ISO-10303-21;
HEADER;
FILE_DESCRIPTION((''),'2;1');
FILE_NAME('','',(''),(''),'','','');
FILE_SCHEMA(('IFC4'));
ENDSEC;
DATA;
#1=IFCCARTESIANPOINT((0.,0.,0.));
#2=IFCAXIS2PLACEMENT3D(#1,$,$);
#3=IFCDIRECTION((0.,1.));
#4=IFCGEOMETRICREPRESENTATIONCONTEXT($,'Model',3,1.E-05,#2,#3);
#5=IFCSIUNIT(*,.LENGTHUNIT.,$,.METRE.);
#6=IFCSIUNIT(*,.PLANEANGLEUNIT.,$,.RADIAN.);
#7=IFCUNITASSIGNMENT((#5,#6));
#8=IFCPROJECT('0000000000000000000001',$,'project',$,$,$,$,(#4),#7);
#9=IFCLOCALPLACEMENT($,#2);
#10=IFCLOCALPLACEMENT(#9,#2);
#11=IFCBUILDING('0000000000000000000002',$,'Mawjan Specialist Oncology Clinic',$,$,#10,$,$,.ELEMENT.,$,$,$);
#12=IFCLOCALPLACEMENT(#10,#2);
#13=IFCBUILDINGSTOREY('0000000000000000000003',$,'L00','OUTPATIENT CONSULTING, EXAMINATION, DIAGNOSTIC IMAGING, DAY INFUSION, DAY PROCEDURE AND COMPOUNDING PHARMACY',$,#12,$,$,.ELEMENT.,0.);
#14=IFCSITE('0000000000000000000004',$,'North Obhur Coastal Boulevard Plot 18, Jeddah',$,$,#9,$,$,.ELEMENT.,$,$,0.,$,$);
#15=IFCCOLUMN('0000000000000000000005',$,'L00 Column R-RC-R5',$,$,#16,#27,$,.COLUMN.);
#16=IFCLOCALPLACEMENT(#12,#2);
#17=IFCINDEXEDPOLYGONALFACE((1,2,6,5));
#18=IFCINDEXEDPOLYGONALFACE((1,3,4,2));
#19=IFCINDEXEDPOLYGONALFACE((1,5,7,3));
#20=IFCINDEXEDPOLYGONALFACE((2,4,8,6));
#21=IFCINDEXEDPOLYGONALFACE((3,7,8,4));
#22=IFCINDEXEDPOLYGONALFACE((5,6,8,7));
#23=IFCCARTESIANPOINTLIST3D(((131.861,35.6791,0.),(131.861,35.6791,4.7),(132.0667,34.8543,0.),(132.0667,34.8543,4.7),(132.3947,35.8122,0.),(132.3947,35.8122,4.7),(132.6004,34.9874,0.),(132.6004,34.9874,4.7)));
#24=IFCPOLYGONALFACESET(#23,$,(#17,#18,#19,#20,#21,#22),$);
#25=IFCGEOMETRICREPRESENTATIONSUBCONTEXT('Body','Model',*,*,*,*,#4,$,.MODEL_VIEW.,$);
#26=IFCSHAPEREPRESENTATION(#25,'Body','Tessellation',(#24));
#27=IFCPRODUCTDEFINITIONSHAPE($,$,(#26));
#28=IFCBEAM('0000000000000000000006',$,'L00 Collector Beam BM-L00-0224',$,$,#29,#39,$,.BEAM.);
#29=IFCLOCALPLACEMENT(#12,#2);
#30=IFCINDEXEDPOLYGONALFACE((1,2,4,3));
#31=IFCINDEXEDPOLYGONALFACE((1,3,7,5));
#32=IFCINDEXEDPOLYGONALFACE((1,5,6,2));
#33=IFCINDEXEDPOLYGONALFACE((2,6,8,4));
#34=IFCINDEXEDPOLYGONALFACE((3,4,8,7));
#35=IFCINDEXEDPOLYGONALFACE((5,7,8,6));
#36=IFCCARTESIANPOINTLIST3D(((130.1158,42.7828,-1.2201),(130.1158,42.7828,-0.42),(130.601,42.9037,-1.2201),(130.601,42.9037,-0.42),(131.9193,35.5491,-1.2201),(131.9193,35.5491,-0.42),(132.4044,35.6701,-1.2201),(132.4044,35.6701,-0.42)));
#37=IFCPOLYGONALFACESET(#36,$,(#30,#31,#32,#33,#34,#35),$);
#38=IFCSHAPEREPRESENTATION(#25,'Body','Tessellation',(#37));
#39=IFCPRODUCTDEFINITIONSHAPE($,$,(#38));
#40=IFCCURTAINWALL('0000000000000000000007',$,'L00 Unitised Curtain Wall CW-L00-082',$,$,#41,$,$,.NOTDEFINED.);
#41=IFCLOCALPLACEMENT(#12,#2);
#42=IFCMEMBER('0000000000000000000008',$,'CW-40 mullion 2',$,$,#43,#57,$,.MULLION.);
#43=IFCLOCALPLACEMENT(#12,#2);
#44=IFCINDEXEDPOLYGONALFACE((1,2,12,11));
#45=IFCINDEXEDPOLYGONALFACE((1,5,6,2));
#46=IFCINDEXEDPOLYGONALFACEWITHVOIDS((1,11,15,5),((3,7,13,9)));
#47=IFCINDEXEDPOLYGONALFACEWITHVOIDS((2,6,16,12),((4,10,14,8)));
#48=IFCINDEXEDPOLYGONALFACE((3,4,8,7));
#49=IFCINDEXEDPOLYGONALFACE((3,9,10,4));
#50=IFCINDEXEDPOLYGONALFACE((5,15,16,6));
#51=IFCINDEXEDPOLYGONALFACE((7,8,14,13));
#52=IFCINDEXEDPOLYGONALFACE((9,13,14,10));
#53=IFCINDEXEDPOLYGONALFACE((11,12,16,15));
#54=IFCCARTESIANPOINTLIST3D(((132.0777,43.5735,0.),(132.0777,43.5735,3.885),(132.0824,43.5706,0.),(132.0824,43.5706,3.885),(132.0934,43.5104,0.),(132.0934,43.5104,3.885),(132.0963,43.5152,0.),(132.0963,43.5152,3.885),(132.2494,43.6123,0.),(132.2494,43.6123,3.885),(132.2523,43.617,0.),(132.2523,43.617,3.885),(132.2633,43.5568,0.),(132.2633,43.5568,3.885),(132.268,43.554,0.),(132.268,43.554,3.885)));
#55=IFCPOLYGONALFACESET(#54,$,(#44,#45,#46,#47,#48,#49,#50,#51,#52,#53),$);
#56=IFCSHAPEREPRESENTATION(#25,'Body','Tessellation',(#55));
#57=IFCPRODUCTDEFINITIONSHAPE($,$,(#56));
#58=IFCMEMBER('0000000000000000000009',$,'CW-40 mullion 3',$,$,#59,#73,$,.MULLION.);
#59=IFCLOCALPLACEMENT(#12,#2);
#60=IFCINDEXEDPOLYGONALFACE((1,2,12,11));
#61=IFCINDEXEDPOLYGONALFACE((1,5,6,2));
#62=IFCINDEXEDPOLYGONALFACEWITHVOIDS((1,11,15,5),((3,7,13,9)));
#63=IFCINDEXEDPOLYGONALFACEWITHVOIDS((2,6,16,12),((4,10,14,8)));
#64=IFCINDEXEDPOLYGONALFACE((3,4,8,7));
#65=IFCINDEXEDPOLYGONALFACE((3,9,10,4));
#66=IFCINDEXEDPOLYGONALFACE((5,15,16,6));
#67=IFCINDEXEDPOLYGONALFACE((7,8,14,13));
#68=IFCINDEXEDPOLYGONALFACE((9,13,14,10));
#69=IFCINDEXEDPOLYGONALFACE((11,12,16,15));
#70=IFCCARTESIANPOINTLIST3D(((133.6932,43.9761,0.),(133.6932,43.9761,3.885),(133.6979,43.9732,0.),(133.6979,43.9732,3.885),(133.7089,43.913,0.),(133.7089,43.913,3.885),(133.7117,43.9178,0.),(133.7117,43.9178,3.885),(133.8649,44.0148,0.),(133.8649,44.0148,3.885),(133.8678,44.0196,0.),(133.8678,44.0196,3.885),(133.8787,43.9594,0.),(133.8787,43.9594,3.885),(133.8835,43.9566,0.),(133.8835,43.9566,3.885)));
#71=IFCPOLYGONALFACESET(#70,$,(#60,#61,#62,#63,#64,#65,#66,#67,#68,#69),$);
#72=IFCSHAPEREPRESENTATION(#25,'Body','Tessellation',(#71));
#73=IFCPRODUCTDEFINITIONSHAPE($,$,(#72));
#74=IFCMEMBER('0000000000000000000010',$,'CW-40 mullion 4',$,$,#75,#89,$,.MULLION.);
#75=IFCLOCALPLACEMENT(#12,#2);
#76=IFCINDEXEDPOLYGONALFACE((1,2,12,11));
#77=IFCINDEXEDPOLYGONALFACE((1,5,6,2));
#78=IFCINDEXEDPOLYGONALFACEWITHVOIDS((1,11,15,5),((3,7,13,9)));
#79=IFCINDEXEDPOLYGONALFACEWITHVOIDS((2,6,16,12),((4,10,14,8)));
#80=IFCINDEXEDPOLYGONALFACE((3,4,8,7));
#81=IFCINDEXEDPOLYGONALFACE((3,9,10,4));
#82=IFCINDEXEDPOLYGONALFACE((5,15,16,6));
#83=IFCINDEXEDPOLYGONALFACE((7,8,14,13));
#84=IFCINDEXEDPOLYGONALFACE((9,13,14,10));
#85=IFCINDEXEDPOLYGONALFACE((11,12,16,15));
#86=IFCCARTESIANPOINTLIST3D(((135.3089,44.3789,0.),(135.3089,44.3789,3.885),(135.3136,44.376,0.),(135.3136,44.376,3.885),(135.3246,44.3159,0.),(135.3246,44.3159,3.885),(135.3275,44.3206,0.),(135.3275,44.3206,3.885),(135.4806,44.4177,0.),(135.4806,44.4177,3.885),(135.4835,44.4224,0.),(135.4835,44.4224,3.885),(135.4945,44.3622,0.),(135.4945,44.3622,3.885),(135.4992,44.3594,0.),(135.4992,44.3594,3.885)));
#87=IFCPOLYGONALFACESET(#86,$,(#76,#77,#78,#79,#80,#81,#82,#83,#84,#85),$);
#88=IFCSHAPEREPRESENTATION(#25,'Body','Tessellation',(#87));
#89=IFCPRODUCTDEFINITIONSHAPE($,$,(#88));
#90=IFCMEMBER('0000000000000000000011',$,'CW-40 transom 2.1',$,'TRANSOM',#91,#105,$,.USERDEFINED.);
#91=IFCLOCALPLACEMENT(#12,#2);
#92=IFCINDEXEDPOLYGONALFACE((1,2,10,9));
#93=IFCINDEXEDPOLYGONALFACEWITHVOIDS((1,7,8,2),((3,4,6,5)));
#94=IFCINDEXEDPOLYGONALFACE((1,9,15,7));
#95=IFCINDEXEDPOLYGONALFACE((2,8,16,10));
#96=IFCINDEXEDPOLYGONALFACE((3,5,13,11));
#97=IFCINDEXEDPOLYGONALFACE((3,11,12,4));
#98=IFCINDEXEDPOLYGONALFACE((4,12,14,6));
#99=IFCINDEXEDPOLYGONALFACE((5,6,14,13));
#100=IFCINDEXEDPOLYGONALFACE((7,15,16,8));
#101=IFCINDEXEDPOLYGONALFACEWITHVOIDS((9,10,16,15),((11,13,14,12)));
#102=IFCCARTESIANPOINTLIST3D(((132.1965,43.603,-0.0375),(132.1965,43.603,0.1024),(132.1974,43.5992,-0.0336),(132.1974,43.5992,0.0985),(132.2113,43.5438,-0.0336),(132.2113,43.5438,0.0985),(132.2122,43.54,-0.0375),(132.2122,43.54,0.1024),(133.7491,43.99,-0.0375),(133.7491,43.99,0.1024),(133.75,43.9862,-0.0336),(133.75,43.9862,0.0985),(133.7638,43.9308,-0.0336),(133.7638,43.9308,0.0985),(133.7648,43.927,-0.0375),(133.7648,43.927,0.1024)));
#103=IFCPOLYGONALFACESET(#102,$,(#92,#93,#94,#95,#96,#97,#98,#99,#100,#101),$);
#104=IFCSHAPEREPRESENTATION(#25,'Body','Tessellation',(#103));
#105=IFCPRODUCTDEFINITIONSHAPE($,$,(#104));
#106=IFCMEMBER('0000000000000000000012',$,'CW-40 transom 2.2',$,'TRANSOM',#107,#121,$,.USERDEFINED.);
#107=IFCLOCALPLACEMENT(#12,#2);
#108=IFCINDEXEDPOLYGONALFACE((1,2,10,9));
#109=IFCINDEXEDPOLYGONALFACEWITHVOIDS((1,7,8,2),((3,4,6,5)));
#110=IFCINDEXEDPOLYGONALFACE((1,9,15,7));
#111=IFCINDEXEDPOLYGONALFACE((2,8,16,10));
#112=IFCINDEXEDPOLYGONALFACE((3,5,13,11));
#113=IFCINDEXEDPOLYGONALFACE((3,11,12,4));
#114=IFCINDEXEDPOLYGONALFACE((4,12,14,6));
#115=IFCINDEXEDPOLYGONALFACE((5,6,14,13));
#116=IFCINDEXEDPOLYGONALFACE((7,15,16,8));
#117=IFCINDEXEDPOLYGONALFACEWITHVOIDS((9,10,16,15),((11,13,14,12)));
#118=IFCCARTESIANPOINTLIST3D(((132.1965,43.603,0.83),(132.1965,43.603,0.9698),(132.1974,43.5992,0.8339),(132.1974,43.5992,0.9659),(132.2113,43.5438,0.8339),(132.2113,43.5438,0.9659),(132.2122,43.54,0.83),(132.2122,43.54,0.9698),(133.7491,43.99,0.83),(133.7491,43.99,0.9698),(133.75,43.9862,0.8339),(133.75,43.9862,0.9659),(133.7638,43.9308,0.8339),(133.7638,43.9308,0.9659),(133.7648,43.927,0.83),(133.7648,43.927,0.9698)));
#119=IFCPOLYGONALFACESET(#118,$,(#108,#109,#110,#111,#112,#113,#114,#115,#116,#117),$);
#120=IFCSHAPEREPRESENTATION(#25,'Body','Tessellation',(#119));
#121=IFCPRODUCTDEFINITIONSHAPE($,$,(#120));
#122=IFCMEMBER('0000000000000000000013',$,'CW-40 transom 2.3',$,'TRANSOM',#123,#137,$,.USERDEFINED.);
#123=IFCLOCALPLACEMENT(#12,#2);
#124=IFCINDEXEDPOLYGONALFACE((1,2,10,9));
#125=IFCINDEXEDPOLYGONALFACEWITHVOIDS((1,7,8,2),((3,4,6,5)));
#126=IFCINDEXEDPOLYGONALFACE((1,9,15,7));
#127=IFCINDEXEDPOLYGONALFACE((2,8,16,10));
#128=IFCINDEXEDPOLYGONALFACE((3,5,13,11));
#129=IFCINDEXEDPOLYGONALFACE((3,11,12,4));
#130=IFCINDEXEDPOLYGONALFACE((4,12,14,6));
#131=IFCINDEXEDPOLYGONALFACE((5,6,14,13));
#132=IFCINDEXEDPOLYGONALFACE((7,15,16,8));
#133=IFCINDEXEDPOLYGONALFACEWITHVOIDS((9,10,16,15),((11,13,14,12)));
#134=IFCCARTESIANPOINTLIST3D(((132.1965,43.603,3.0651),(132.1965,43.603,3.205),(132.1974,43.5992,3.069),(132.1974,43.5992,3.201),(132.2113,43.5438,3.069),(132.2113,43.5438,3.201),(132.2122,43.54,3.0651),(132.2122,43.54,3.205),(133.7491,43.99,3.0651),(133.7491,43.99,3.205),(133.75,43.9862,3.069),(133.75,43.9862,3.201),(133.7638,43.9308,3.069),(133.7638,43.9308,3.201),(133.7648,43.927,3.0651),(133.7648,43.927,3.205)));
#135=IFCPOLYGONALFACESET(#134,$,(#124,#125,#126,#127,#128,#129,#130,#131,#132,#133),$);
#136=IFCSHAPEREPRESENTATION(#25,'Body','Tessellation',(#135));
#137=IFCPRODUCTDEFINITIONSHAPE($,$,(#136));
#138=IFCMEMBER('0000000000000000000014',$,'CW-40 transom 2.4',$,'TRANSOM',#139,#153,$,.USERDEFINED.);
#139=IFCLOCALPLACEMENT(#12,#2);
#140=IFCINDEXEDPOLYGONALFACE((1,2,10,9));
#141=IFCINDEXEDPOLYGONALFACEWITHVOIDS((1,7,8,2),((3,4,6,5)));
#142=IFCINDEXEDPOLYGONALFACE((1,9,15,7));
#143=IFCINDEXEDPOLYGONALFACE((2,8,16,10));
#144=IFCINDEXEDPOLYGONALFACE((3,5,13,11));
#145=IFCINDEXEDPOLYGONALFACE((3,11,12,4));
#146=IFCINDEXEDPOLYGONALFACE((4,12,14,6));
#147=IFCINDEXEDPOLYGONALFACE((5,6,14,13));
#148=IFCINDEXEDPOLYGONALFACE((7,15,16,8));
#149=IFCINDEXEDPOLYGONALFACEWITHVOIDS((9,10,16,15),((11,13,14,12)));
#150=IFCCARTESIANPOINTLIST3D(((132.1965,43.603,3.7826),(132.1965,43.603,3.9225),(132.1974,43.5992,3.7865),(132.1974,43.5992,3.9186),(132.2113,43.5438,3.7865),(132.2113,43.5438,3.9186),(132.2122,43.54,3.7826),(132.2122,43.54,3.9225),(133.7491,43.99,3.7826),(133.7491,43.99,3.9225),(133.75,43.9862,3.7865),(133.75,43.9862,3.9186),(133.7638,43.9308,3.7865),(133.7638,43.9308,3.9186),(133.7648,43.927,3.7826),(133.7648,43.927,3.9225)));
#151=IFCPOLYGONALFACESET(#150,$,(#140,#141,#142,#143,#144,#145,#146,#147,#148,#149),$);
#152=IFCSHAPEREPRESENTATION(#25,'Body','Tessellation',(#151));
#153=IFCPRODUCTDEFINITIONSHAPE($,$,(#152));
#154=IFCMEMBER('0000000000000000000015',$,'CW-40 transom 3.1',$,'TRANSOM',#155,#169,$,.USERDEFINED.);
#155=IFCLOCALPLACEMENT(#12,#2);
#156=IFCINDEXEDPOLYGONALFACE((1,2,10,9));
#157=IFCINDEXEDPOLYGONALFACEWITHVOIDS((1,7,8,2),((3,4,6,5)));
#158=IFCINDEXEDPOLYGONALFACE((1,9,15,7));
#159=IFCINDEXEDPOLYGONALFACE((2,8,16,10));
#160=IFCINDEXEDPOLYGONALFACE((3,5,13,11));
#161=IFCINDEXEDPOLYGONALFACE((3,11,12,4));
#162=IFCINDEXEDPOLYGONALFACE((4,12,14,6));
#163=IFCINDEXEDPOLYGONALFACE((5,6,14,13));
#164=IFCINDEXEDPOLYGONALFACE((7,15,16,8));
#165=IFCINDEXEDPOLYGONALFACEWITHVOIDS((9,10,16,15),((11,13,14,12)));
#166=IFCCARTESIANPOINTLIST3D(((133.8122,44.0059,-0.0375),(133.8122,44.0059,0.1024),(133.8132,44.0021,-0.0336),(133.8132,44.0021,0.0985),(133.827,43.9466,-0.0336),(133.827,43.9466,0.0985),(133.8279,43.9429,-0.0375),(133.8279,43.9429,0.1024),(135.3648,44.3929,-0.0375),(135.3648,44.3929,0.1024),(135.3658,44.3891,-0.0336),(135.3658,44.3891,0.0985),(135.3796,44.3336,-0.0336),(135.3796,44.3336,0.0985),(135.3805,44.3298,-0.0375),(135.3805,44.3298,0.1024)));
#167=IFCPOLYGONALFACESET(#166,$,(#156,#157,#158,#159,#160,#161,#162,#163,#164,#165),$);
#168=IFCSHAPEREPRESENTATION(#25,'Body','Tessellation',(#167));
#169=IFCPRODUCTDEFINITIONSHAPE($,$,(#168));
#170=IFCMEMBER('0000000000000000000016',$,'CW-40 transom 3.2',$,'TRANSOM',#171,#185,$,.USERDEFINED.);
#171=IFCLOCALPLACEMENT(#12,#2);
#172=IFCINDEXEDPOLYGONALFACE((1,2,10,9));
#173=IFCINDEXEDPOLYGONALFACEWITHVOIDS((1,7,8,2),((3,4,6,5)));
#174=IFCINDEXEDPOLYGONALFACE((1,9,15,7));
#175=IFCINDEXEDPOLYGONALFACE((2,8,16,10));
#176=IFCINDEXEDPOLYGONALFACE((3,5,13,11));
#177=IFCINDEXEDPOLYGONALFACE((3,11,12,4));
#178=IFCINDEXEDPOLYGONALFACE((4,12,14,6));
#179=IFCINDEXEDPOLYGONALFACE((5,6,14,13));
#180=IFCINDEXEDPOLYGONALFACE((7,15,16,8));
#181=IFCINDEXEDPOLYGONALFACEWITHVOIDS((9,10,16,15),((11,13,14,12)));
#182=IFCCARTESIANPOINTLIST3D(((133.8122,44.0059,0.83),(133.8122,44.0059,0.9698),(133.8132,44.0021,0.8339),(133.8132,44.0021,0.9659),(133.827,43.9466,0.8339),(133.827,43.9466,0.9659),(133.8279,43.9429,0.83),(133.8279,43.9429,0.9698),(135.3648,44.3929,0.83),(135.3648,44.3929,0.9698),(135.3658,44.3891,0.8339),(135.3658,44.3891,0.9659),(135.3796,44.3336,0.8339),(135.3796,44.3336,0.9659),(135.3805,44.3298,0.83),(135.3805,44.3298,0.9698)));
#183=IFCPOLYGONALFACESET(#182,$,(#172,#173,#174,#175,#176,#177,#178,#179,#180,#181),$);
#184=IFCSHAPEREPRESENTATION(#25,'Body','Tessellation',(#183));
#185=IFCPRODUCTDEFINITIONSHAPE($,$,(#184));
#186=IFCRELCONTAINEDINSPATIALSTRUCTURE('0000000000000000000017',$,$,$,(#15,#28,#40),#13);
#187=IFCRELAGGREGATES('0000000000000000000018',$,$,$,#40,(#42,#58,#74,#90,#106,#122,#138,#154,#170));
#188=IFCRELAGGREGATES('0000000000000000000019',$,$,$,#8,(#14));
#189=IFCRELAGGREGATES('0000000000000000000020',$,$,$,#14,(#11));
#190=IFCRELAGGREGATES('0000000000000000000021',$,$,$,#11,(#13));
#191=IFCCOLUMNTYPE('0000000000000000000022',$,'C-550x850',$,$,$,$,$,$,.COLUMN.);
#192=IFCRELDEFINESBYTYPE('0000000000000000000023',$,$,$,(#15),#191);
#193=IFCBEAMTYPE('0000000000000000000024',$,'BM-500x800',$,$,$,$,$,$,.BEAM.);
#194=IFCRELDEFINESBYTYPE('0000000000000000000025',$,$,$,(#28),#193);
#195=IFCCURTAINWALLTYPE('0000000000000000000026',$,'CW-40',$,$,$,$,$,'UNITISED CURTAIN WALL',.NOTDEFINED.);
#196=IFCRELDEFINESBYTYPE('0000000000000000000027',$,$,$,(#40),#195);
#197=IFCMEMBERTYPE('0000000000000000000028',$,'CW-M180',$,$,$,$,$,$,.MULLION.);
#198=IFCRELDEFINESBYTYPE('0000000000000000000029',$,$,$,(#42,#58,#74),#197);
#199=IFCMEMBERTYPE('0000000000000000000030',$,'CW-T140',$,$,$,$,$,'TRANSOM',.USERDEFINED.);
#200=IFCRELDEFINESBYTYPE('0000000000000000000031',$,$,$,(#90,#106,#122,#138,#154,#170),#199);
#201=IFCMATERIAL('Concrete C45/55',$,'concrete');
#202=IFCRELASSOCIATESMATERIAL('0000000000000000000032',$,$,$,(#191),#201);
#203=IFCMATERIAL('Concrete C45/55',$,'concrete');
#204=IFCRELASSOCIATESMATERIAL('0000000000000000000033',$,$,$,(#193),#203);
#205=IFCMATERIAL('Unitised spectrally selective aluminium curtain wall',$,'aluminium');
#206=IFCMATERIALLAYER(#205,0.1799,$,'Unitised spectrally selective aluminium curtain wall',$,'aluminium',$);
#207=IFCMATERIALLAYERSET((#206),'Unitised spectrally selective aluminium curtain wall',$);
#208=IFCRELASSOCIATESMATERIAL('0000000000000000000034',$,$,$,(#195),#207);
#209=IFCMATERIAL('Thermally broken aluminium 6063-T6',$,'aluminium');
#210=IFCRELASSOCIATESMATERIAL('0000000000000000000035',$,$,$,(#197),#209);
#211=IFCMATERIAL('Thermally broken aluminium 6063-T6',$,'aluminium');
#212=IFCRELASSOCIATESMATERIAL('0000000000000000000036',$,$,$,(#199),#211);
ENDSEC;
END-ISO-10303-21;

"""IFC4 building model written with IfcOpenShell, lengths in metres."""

from ifc_helpers import new_model, si_unit, direction, frame, origin, origin_2d, place, context, subcontext, project, spatial, rectangle, hollow_rectangle, extrude, material, layer, layer_set, material_profile, profile_set, type_object, element, aggregate, save


model = new_model("IFC4")

# Units and contexts
model_context = context("Model", 3, precision=1e-05, world=origin(), true_north=direction((0.0, 1.0)))
body_context = subcontext(model_context, "Body", "Model", "MODEL_VIEW")
ifc_project = project(units=[si_unit("LENGTHUNIT", "METRE"), si_unit("PLANEANGLEUNIT", "RADIAN")], contexts=[model_context])

# Site, building, storey
site_placement = place(None, origin())
site = spatial("IfcSite", under=ifc_project, at=site_placement, Name="North Obhur Coastal Boulevard Plot 18, Jeddah", CompositionType="ELEMENT", RefElevation=0.0)
building_placement = place(site_placement, origin())
building = spatial("IfcBuilding", under=site, at=building_placement, Name="Mawjan Specialist Oncology Clinic", CompositionType="ELEMENT")
storey_placement = place(building_placement, origin())
storey = spatial("IfcBuildingStorey", under=building, at=storey_placement, Name="L00", Description="OUTPATIENT CONSULTING, EXAMINATION, DIAGNOSTIC IMAGING, DAY INFUSION, DAY PROCEDURE AND COMPOUNDING PHARMACY", CompositionType="ELEMENT", Elevation=0.0)

# Column
ifc_material_1 = material(Name="Concrete C45/55", Category="concrete")
ifc_material_profile_1 = material_profile(ifc_material_1, rectangle(XDim=0.55, YDim=0.8501, at=origin_2d()), Name="RC COL 550x850", Category="concrete")
ifc_profile_set_1 = profile_set([ifc_material_profile_1], Name="Concrete C45/55")
column_type = type_object("IfcColumnType", Name="C-550x850", PredefinedType="COLUMN", material=ifc_profile_set_1)
column_placement = place(storey_placement, frame((132.2307, 35.3333, 0.0), z_axis=(0.0, 0.0, 1.0), x_axis=(0.970296, 0.241922, 0.0)))
element("IfcColumn", 1, at=column_placement, inside=storey, type_object=column_type, Name="L00 Column R-RC-R5", PredefinedType="COLUMN", context=body_context, shape_type="SweptSolid", body=[
    extrude(rectangle(XDim=0.55, YDim=0.8501, at=origin_2d()), origin(), (0.0, 0.0, 1.0), 4.7),
])

# Beam
ifc_material_2 = material(Name="Concrete C45/55", Category="concrete")
ifc_material_profile_2 = material_profile(ifc_material_2, rectangle(XDim=0.5, YDim=0.8, at=origin_2d()), Name="RC BM 500x800", Category="concrete")
ifc_profile_set_2 = profile_set([ifc_material_profile_2], Name="Concrete C45/55")
beam_type = type_object("IfcBeamType", Name="BM-500x800", PredefinedType="BEAM", material=ifc_profile_set_2)
beam_placement = place(storey_placement, frame((132.1619, 35.6096, -0.8201), z_axis=(-0.241911, 0.970298, 0.0), x_axis=(-0.970298, -0.241911, 0.0)))
element("IfcBeam", 2, at=beam_placement, inside=storey, type_object=beam_type, Name="L00 Collector Beam BM-L00-0224", PredefinedType="BEAM", context=body_context, shape_type="SweptSolid", body=[
    extrude(rectangle(XDim=0.5, YDim=0.8, at=origin_2d()), origin(), (0.0, 0.0, 1.0), 7.4551),
])

# Curtain wall, members
ifc_material_3 = material(Name="Unitised spectrally selective aluminium curtain wall", Category="aluminium")
ifc_layer_1 = layer(ifc_material_3, 0.1799, Name="Unitised spectrally selective aluminium curtain wall", Category="aluminium")
ifc_layer_set_1 = layer_set([ifc_layer_1], Name="Unitised spectrally selective aluminium curtain wall")
curtain_wall_type = type_object("IfcCurtainWallType", Name="CW-40", ElementType="UNITISED CURTAIN WALL", PredefinedType="NOTDEFINED", material=ifc_layer_set_1)
curtain_wall_placement = place(storey_placement, origin())
curtain_wall = element("IfcCurtainWall", 3, at=curtain_wall_placement, inside=storey, type_object=curtain_wall_type, Name="L00 Unitised Curtain Wall CW-L00-082", PredefinedType="NOTDEFINED")
ifc_material_4 = material(Name="Thermally broken aluminium 6063-T6", Category="aluminium")
ifc_material_profile_3 = material_profile(ifc_material_4, hollow_rectangle(XDim=0.0649, YDim=0.1799, WallThickness=0.0039, at=origin_2d()), Name="ALU MULLION 180x65x4", Category="aluminium")
ifc_profile_set_3 = profile_set([ifc_material_profile_3], Name="Thermally broken aluminium 6063-T6")
member_type_1 = type_object("IfcMemberType", Name="CW-M180", PredefinedType="MULLION", material=ifc_profile_set_3)
member_1_placement = place(storey_placement, frame((132.1729, 43.5637, 0.0), z_axis=(0.0, 0.0, 1.0), x_axis=(-0.241922, 0.970296, 0.0)))
member_1 = element("IfcMember", 4, at=member_1_placement, type_object=member_type_1, Name="CW-40 mullion 2", PredefinedType="MULLION", context=body_context, shape_type="SweptSolid", body=[
    extrude(hollow_rectangle(XDim=0.0649, YDim=0.1799, WallThickness=0.0039, at=origin_2d()), origin(), (0.0, 0.0, 1.0), 3.885),
])
member_2_placement = place(storey_placement, frame((133.7883, 43.9663, 0.0), z_axis=(0.0, 0.0, 1.0), x_axis=(-0.241922, 0.970296, 0.0)))
member_2 = element("IfcMember", 5, at=member_2_placement, type_object=member_type_1, Name="CW-40 mullion 3", PredefinedType="MULLION", context=body_context, shape_type="SweptSolid", body=[
    extrude(hollow_rectangle(XDim=0.0649, YDim=0.1799, WallThickness=0.0039, at=origin_2d()), origin(), (0.0, 0.0, 1.0), 3.885),
])
member_3_placement = place(storey_placement, frame((135.4041, 44.3691, 0.0), z_axis=(0.0, 0.0, 1.0), x_axis=(-0.241922, 0.970296, 0.0)))
member_3 = element("IfcMember", 6, at=member_3_placement, type_object=member_type_1, Name="CW-40 mullion 4", PredefinedType="MULLION", context=body_context, shape_type="SweptSolid", body=[
    extrude(hollow_rectangle(XDim=0.0649, YDim=0.1799, WallThickness=0.0039, at=origin_2d()), origin(), (0.0, 0.0, 1.0), 3.885),
])
ifc_material_5 = material(Name="Thermally broken aluminium 6063-T6", Category="aluminium")
ifc_material_profile_4 = material_profile(ifc_material_5, hollow_rectangle(XDim=0.0649, YDim=0.1399, WallThickness=0.0039, at=origin_2d()), Name="ALU TRANSOM 140x65x4", Category="aluminium")
ifc_profile_set_4 = profile_set([ifc_material_profile_4], Name="Thermally broken aluminium 6063-T6")
member_type_2 = type_object("IfcMemberType", Name="CW-T140", ElementType="TRANSOM", PredefinedType="USERDEFINED", material=ifc_profile_set_4)
member_4_placement = place(storey_placement, frame((132.2043, 43.5715, 0.0325), z_axis=(0.970313, 0.241853, 0.0), x_axis=(-0.241853, 0.970313, 0.0)))
member_4 = element("IfcMember", 7, at=member_4_placement, type_object=member_type_2, Name="CW-40 transom 2.1", ObjectType="TRANSOM", PredefinedType="USERDEFINED", context=body_context, shape_type="SweptSolid", body=[
    extrude(hollow_rectangle(XDim=0.0649, YDim=0.1399, WallThickness=0.0039, at=origin_2d()), origin(), (0.0, 0.0, 1.0), 1.6001),
])
member_5_placement = place(storey_placement, frame((132.2043, 43.5715, 0.8999), z_axis=(0.970313, 0.241853, 0.0), x_axis=(-0.241853, 0.970313, 0.0)))
member_5 = element("IfcMember", 8, at=member_5_placement, type_object=member_type_2, Name="CW-40 transom 2.2", ObjectType="TRANSOM", PredefinedType="USERDEFINED", context=body_context, shape_type="SweptSolid", body=[
    extrude(hollow_rectangle(XDim=0.0649, YDim=0.1399, WallThickness=0.0039, at=origin_2d()), origin(), (0.0, 0.0, 1.0), 1.6001),
])
member_6_placement = place(storey_placement, frame((132.2043, 43.5715, 3.135), z_axis=(0.970313, 0.241853, 0.0), x_axis=(-0.241853, 0.970313, 0.0)))
member_6 = element("IfcMember", 9, at=member_6_placement, type_object=member_type_2, Name="CW-40 transom 2.3", ObjectType="TRANSOM", PredefinedType="USERDEFINED", context=body_context, shape_type="SweptSolid", body=[
    extrude(hollow_rectangle(XDim=0.0649, YDim=0.1399, WallThickness=0.0039, at=origin_2d()), origin(), (0.0, 0.0, 1.0), 1.6001),
])
member_7_placement = place(storey_placement, frame((132.2043, 43.5715, 3.8525), z_axis=(0.970313, 0.241853, 0.0), x_axis=(-0.241853, 0.970313, 0.0)))
member_7 = element("IfcMember", 10, at=member_7_placement, type_object=member_type_2, Name="CW-40 transom 2.4", ObjectType="TRANSOM", PredefinedType="USERDEFINED", context=body_context, shape_type="SweptSolid", body=[
    extrude(hollow_rectangle(XDim=0.0649, YDim=0.1399, WallThickness=0.0039, at=origin_2d()), origin(), (0.0, 0.0, 1.0), 1.6001),
])
member_8_placement = place(storey_placement, frame((133.8201, 43.9744, 0.0325), z_axis=(0.970313, 0.241853, 0.0), x_axis=(-0.241853, 0.970313, 0.0)))
member_8 = element("IfcMember", 11, at=member_8_placement, type_object=member_type_2, Name="CW-40 transom 3.1", ObjectType="TRANSOM", PredefinedType="USERDEFINED", context=body_context, shape_type="SweptSolid", body=[
    extrude(hollow_rectangle(XDim=0.0649, YDim=0.1399, WallThickness=0.0039, at=origin_2d()), origin(), (0.0, 0.0, 1.0), 1.6001),
])
member_9_placement = place(storey_placement, frame((133.8201, 43.9744, 0.8999), z_axis=(0.970313, 0.241853, 0.0), x_axis=(-0.241853, 0.970313, 0.0)))
member_9 = element("IfcMember", 12, at=member_9_placement, type_object=member_type_2, Name="CW-40 transom 3.2", ObjectType="TRANSOM", PredefinedType="USERDEFINED", context=body_context, shape_type="SweptSolid", body=[
    extrude(hollow_rectangle(XDim=0.0649, YDim=0.1399, WallThickness=0.0039, at=origin_2d()), origin(), (0.0, 0.0, 1.0), 1.6001),
])
aggregate(curtain_wall, [member_1, member_2, member_3, member_4, member_5, member_6, member_7, member_8, member_9])

save(model, "model.ifc")
